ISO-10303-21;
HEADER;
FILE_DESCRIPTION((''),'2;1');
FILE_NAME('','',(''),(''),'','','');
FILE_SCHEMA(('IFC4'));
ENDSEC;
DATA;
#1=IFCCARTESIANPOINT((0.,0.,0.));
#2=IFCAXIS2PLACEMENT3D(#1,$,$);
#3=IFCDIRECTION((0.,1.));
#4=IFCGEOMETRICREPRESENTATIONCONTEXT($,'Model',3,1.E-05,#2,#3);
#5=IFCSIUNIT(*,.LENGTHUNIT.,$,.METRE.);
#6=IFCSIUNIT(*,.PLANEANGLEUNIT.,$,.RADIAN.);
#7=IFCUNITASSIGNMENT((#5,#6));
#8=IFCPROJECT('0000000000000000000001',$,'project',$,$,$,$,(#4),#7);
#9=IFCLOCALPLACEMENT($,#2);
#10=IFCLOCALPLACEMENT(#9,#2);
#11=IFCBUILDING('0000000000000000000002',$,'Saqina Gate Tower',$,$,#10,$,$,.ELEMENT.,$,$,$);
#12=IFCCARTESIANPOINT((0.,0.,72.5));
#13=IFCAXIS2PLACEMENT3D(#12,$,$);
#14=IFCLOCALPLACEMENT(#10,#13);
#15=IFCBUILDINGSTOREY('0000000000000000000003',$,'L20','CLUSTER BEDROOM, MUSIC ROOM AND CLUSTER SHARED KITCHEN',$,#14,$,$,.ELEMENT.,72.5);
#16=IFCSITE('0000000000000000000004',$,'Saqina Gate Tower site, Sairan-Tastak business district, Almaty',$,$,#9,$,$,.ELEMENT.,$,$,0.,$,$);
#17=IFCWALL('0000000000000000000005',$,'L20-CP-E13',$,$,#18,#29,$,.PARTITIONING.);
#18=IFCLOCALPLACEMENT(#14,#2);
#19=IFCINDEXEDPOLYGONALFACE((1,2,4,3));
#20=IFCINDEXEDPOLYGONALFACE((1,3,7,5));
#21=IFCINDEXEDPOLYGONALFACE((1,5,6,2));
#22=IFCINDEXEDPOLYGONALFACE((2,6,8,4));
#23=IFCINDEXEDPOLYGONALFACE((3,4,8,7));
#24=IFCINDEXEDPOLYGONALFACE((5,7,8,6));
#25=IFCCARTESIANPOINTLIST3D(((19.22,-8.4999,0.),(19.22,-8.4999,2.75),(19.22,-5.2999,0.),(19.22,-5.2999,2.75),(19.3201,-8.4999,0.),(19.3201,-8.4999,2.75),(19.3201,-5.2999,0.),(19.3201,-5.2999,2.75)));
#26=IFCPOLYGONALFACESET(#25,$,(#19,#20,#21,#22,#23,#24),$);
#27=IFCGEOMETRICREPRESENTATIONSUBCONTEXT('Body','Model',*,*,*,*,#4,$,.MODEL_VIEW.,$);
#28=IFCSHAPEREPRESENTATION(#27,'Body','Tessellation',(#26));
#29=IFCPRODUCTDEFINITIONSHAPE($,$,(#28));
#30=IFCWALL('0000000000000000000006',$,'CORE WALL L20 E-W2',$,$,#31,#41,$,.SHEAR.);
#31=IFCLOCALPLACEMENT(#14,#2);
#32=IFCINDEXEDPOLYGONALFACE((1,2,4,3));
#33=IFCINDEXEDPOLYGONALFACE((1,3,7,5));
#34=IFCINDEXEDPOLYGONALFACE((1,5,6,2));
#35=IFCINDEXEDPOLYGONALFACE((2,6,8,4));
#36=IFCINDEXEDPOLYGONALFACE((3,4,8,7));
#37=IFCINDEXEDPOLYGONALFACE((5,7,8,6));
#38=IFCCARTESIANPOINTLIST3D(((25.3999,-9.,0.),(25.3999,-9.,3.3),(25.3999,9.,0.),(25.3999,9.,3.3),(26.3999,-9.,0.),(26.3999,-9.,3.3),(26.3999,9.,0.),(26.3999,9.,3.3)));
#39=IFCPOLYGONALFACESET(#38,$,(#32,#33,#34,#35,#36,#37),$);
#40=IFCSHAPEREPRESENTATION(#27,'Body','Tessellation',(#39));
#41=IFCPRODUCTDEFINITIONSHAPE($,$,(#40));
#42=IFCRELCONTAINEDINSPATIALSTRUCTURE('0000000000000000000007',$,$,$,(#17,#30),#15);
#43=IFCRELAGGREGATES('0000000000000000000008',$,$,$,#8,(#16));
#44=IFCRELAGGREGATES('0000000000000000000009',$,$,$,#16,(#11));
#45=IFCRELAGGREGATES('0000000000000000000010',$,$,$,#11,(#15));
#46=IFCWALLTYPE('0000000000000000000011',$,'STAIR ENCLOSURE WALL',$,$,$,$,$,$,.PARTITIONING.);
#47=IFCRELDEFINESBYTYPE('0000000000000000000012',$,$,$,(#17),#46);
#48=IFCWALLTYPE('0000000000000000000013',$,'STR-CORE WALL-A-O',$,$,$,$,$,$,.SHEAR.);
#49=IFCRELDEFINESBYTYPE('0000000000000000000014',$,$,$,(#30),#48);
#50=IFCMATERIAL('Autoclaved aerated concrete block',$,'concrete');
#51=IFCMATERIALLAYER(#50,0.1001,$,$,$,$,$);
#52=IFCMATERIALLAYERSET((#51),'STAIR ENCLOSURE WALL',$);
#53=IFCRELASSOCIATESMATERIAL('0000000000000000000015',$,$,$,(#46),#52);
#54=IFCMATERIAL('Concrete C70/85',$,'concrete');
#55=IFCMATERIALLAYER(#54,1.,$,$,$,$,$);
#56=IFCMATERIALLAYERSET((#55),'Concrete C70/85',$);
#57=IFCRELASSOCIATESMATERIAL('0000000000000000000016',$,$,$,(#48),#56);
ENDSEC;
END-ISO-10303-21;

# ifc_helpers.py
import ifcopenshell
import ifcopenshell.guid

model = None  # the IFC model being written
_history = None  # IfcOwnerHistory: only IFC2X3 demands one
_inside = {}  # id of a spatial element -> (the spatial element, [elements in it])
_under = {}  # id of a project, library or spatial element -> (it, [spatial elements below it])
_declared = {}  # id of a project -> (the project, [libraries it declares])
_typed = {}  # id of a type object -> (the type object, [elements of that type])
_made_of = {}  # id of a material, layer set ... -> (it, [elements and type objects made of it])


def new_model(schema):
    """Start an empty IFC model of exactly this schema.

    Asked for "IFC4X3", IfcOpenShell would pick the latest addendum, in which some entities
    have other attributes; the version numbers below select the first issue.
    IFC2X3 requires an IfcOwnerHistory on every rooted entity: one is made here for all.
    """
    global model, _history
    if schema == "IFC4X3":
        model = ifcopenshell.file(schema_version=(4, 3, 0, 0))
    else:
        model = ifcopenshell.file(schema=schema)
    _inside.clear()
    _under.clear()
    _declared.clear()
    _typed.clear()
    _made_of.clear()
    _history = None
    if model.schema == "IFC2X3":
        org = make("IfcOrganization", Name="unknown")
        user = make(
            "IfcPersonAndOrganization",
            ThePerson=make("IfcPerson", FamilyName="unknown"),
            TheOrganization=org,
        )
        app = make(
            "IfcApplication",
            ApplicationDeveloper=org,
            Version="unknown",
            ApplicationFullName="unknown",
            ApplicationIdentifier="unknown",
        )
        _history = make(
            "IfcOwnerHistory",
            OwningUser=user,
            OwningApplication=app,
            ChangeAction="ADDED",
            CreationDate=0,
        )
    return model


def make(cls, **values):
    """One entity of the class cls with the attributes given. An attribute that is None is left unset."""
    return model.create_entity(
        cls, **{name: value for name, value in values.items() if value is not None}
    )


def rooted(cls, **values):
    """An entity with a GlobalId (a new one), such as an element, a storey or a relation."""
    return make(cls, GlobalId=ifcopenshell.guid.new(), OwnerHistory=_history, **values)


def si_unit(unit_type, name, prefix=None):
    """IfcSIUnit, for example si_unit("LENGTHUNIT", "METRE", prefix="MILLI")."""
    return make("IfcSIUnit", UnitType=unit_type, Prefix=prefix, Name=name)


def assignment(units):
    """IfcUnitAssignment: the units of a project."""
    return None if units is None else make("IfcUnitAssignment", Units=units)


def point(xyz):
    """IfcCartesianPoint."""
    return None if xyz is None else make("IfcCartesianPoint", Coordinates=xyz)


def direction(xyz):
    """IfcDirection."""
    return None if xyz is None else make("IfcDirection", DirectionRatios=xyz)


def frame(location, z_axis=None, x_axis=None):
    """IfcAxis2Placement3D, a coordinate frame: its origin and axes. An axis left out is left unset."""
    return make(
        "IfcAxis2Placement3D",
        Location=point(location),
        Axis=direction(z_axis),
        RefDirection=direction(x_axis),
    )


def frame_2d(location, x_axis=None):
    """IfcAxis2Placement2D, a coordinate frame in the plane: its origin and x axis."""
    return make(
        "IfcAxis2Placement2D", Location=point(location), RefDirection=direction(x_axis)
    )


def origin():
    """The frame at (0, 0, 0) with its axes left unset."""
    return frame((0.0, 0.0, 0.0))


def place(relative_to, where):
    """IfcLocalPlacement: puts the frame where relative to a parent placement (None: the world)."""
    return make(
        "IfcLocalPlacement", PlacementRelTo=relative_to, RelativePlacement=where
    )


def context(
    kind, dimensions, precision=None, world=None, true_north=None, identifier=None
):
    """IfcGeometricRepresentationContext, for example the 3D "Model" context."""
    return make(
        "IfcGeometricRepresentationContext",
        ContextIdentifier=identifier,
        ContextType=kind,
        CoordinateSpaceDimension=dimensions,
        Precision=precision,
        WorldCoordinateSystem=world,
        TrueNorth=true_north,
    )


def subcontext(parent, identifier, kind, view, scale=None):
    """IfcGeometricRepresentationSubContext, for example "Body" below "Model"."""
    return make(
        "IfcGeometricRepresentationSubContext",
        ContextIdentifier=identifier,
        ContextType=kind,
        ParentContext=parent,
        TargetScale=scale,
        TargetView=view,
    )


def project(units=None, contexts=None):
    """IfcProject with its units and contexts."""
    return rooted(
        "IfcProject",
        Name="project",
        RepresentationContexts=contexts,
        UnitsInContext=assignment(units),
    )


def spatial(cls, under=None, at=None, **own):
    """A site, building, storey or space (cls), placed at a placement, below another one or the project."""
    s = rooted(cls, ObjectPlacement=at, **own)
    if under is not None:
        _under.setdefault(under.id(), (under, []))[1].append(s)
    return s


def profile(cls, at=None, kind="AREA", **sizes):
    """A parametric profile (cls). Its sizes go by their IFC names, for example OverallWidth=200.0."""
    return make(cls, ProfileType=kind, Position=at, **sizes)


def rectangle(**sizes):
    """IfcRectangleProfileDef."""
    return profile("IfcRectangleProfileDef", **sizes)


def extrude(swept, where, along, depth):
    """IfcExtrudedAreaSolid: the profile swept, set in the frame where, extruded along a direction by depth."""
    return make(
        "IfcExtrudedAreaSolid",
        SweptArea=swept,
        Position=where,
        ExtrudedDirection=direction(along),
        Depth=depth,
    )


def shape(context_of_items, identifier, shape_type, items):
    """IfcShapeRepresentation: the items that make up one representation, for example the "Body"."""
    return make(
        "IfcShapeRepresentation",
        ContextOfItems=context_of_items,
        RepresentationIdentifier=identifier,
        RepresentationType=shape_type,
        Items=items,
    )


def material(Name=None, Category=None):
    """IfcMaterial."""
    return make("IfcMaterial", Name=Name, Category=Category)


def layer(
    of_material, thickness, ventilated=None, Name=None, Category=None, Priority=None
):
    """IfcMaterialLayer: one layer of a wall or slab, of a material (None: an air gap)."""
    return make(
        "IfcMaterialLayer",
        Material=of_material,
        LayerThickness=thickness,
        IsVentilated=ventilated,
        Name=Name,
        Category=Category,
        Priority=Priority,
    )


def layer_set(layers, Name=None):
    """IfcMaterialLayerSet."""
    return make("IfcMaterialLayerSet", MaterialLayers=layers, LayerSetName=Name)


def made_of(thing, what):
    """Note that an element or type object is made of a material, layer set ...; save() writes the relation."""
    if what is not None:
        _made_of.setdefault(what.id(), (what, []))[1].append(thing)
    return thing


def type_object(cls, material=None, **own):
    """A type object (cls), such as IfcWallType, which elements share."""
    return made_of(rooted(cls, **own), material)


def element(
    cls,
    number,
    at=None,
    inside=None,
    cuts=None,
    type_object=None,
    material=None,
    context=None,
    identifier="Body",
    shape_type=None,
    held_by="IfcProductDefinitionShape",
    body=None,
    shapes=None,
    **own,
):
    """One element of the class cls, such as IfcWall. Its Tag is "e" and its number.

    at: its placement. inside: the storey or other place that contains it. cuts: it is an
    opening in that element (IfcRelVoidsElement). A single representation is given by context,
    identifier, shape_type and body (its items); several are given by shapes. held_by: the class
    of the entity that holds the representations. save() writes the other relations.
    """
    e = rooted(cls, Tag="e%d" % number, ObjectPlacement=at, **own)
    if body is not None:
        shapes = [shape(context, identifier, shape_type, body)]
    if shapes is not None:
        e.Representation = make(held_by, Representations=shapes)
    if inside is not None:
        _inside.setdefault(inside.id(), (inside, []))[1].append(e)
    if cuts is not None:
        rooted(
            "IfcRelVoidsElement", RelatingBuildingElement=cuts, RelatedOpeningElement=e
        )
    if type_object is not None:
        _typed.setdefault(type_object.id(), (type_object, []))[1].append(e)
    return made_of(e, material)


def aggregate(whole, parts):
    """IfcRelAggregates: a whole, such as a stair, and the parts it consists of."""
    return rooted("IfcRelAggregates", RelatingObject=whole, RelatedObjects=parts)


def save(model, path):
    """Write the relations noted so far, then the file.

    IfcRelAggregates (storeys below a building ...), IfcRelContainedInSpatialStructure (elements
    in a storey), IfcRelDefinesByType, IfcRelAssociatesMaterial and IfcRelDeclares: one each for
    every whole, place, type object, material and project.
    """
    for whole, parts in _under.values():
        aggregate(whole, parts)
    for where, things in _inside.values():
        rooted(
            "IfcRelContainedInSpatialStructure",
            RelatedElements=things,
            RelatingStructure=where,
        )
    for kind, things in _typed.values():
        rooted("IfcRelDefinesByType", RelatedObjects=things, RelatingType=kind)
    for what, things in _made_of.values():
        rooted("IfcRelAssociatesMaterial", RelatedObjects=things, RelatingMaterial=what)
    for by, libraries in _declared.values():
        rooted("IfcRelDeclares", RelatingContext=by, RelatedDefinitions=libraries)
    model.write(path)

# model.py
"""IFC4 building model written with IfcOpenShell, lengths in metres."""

from ifc_helpers import new_model, si_unit, direction, frame, frame_2d, origin, place, context, subcontext, project, spatial, rectangle, extrude, material, layer, layer_set, type_object, element, save


model = new_model("IFC4")

# Units and contexts
model_context = context("Model", 3, precision=1e-05, world=origin(), true_north=direction((0.0, 1.0)))
body_context = subcontext(model_context, "Body", "Model", "MODEL_VIEW")
ifc_project = project(units=[si_unit("LENGTHUNIT", "METRE"), si_unit("PLANEANGLEUNIT", "RADIAN")], contexts=[model_context])

# Site, building, storey
site_placement = place(None, origin())
site = spatial("IfcSite", under=ifc_project, at=site_placement, Name="Saqina Gate Tower site, Sairan-Tastak business district, Almaty", CompositionType="ELEMENT", RefElevation=0.0)
building_placement = place(site_placement, origin())
building = spatial("IfcBuilding", under=site, at=building_placement, Name="Saqina Gate Tower", CompositionType="ELEMENT")
storey_placement = place(building_placement, frame((0.0, 0.0, 72.5)))
storey = spatial("IfcBuildingStorey", under=building, at=storey_placement, Name="L20", Description="CLUSTER BEDROOM, MUSIC ROOM AND CLUSTER SHARED KITCHEN", CompositionType="ELEMENT", Elevation=72.5)

# Walls
ifc_material_1 = material(Name="Autoclaved aerated concrete block", Category="concrete")
ifc_layer_1 = layer(ifc_material_1, 0.1001)
ifc_layer_set_1 = layer_set([ifc_layer_1], Name="STAIR ENCLOSURE WALL")
wall_type_1 = type_object("IfcWallType", Name="STAIR ENCLOSURE WALL", PredefinedType="PARTITIONING", material=ifc_layer_set_1)
wall_1_placement = place(storey_placement, frame((19.27, -8.5, 0.0), z_axis=(0.0, 0.0, 1.0), x_axis=(0.0, 1.0, 0.0)))
element("IfcWall", 1, at=wall_1_placement, inside=storey, type_object=wall_type_1, Name="L20-CP-E13", PredefinedType="PARTITIONING", context=body_context, shape_type="SweptSolid", body=[
    extrude(rectangle(XDim=3.2, YDim=0.1001, at=frame_2d((1.6001, 0.0))), origin(), (0.0, 0.0, 1.0), 2.75),
])
ifc_material_2 = material(Name="Concrete C70/85", Category="concrete")
ifc_layer_2 = layer(ifc_material_2, 1.0)
ifc_layer_set_2 = layer_set([ifc_layer_2], Name="Concrete C70/85")
wall_type_2 = type_object("IfcWallType", Name="STR-CORE WALL-A-O", PredefinedType="SHEAR", material=ifc_layer_set_2)
wall_2_placement = place(storey_placement, frame((25.8999, -9.0, 0.0), z_axis=(0.0, 0.0, 1.0), x_axis=(0.0, 1.0, 0.0)))
element("IfcWall", 2, at=wall_2_placement, inside=storey, type_object=wall_type_2, Name="CORE WALL L20 E-W2", PredefinedType="SHEAR", context=body_context, shape_type="SweptSolid", body=[
    extrude(rectangle(XDim=18.0, YDim=1.0, at=frame_2d((9.0, 0.0))), origin(), (0.0, 0.0, 1.0), 3.3),
])

save(model, "model.ifc")
